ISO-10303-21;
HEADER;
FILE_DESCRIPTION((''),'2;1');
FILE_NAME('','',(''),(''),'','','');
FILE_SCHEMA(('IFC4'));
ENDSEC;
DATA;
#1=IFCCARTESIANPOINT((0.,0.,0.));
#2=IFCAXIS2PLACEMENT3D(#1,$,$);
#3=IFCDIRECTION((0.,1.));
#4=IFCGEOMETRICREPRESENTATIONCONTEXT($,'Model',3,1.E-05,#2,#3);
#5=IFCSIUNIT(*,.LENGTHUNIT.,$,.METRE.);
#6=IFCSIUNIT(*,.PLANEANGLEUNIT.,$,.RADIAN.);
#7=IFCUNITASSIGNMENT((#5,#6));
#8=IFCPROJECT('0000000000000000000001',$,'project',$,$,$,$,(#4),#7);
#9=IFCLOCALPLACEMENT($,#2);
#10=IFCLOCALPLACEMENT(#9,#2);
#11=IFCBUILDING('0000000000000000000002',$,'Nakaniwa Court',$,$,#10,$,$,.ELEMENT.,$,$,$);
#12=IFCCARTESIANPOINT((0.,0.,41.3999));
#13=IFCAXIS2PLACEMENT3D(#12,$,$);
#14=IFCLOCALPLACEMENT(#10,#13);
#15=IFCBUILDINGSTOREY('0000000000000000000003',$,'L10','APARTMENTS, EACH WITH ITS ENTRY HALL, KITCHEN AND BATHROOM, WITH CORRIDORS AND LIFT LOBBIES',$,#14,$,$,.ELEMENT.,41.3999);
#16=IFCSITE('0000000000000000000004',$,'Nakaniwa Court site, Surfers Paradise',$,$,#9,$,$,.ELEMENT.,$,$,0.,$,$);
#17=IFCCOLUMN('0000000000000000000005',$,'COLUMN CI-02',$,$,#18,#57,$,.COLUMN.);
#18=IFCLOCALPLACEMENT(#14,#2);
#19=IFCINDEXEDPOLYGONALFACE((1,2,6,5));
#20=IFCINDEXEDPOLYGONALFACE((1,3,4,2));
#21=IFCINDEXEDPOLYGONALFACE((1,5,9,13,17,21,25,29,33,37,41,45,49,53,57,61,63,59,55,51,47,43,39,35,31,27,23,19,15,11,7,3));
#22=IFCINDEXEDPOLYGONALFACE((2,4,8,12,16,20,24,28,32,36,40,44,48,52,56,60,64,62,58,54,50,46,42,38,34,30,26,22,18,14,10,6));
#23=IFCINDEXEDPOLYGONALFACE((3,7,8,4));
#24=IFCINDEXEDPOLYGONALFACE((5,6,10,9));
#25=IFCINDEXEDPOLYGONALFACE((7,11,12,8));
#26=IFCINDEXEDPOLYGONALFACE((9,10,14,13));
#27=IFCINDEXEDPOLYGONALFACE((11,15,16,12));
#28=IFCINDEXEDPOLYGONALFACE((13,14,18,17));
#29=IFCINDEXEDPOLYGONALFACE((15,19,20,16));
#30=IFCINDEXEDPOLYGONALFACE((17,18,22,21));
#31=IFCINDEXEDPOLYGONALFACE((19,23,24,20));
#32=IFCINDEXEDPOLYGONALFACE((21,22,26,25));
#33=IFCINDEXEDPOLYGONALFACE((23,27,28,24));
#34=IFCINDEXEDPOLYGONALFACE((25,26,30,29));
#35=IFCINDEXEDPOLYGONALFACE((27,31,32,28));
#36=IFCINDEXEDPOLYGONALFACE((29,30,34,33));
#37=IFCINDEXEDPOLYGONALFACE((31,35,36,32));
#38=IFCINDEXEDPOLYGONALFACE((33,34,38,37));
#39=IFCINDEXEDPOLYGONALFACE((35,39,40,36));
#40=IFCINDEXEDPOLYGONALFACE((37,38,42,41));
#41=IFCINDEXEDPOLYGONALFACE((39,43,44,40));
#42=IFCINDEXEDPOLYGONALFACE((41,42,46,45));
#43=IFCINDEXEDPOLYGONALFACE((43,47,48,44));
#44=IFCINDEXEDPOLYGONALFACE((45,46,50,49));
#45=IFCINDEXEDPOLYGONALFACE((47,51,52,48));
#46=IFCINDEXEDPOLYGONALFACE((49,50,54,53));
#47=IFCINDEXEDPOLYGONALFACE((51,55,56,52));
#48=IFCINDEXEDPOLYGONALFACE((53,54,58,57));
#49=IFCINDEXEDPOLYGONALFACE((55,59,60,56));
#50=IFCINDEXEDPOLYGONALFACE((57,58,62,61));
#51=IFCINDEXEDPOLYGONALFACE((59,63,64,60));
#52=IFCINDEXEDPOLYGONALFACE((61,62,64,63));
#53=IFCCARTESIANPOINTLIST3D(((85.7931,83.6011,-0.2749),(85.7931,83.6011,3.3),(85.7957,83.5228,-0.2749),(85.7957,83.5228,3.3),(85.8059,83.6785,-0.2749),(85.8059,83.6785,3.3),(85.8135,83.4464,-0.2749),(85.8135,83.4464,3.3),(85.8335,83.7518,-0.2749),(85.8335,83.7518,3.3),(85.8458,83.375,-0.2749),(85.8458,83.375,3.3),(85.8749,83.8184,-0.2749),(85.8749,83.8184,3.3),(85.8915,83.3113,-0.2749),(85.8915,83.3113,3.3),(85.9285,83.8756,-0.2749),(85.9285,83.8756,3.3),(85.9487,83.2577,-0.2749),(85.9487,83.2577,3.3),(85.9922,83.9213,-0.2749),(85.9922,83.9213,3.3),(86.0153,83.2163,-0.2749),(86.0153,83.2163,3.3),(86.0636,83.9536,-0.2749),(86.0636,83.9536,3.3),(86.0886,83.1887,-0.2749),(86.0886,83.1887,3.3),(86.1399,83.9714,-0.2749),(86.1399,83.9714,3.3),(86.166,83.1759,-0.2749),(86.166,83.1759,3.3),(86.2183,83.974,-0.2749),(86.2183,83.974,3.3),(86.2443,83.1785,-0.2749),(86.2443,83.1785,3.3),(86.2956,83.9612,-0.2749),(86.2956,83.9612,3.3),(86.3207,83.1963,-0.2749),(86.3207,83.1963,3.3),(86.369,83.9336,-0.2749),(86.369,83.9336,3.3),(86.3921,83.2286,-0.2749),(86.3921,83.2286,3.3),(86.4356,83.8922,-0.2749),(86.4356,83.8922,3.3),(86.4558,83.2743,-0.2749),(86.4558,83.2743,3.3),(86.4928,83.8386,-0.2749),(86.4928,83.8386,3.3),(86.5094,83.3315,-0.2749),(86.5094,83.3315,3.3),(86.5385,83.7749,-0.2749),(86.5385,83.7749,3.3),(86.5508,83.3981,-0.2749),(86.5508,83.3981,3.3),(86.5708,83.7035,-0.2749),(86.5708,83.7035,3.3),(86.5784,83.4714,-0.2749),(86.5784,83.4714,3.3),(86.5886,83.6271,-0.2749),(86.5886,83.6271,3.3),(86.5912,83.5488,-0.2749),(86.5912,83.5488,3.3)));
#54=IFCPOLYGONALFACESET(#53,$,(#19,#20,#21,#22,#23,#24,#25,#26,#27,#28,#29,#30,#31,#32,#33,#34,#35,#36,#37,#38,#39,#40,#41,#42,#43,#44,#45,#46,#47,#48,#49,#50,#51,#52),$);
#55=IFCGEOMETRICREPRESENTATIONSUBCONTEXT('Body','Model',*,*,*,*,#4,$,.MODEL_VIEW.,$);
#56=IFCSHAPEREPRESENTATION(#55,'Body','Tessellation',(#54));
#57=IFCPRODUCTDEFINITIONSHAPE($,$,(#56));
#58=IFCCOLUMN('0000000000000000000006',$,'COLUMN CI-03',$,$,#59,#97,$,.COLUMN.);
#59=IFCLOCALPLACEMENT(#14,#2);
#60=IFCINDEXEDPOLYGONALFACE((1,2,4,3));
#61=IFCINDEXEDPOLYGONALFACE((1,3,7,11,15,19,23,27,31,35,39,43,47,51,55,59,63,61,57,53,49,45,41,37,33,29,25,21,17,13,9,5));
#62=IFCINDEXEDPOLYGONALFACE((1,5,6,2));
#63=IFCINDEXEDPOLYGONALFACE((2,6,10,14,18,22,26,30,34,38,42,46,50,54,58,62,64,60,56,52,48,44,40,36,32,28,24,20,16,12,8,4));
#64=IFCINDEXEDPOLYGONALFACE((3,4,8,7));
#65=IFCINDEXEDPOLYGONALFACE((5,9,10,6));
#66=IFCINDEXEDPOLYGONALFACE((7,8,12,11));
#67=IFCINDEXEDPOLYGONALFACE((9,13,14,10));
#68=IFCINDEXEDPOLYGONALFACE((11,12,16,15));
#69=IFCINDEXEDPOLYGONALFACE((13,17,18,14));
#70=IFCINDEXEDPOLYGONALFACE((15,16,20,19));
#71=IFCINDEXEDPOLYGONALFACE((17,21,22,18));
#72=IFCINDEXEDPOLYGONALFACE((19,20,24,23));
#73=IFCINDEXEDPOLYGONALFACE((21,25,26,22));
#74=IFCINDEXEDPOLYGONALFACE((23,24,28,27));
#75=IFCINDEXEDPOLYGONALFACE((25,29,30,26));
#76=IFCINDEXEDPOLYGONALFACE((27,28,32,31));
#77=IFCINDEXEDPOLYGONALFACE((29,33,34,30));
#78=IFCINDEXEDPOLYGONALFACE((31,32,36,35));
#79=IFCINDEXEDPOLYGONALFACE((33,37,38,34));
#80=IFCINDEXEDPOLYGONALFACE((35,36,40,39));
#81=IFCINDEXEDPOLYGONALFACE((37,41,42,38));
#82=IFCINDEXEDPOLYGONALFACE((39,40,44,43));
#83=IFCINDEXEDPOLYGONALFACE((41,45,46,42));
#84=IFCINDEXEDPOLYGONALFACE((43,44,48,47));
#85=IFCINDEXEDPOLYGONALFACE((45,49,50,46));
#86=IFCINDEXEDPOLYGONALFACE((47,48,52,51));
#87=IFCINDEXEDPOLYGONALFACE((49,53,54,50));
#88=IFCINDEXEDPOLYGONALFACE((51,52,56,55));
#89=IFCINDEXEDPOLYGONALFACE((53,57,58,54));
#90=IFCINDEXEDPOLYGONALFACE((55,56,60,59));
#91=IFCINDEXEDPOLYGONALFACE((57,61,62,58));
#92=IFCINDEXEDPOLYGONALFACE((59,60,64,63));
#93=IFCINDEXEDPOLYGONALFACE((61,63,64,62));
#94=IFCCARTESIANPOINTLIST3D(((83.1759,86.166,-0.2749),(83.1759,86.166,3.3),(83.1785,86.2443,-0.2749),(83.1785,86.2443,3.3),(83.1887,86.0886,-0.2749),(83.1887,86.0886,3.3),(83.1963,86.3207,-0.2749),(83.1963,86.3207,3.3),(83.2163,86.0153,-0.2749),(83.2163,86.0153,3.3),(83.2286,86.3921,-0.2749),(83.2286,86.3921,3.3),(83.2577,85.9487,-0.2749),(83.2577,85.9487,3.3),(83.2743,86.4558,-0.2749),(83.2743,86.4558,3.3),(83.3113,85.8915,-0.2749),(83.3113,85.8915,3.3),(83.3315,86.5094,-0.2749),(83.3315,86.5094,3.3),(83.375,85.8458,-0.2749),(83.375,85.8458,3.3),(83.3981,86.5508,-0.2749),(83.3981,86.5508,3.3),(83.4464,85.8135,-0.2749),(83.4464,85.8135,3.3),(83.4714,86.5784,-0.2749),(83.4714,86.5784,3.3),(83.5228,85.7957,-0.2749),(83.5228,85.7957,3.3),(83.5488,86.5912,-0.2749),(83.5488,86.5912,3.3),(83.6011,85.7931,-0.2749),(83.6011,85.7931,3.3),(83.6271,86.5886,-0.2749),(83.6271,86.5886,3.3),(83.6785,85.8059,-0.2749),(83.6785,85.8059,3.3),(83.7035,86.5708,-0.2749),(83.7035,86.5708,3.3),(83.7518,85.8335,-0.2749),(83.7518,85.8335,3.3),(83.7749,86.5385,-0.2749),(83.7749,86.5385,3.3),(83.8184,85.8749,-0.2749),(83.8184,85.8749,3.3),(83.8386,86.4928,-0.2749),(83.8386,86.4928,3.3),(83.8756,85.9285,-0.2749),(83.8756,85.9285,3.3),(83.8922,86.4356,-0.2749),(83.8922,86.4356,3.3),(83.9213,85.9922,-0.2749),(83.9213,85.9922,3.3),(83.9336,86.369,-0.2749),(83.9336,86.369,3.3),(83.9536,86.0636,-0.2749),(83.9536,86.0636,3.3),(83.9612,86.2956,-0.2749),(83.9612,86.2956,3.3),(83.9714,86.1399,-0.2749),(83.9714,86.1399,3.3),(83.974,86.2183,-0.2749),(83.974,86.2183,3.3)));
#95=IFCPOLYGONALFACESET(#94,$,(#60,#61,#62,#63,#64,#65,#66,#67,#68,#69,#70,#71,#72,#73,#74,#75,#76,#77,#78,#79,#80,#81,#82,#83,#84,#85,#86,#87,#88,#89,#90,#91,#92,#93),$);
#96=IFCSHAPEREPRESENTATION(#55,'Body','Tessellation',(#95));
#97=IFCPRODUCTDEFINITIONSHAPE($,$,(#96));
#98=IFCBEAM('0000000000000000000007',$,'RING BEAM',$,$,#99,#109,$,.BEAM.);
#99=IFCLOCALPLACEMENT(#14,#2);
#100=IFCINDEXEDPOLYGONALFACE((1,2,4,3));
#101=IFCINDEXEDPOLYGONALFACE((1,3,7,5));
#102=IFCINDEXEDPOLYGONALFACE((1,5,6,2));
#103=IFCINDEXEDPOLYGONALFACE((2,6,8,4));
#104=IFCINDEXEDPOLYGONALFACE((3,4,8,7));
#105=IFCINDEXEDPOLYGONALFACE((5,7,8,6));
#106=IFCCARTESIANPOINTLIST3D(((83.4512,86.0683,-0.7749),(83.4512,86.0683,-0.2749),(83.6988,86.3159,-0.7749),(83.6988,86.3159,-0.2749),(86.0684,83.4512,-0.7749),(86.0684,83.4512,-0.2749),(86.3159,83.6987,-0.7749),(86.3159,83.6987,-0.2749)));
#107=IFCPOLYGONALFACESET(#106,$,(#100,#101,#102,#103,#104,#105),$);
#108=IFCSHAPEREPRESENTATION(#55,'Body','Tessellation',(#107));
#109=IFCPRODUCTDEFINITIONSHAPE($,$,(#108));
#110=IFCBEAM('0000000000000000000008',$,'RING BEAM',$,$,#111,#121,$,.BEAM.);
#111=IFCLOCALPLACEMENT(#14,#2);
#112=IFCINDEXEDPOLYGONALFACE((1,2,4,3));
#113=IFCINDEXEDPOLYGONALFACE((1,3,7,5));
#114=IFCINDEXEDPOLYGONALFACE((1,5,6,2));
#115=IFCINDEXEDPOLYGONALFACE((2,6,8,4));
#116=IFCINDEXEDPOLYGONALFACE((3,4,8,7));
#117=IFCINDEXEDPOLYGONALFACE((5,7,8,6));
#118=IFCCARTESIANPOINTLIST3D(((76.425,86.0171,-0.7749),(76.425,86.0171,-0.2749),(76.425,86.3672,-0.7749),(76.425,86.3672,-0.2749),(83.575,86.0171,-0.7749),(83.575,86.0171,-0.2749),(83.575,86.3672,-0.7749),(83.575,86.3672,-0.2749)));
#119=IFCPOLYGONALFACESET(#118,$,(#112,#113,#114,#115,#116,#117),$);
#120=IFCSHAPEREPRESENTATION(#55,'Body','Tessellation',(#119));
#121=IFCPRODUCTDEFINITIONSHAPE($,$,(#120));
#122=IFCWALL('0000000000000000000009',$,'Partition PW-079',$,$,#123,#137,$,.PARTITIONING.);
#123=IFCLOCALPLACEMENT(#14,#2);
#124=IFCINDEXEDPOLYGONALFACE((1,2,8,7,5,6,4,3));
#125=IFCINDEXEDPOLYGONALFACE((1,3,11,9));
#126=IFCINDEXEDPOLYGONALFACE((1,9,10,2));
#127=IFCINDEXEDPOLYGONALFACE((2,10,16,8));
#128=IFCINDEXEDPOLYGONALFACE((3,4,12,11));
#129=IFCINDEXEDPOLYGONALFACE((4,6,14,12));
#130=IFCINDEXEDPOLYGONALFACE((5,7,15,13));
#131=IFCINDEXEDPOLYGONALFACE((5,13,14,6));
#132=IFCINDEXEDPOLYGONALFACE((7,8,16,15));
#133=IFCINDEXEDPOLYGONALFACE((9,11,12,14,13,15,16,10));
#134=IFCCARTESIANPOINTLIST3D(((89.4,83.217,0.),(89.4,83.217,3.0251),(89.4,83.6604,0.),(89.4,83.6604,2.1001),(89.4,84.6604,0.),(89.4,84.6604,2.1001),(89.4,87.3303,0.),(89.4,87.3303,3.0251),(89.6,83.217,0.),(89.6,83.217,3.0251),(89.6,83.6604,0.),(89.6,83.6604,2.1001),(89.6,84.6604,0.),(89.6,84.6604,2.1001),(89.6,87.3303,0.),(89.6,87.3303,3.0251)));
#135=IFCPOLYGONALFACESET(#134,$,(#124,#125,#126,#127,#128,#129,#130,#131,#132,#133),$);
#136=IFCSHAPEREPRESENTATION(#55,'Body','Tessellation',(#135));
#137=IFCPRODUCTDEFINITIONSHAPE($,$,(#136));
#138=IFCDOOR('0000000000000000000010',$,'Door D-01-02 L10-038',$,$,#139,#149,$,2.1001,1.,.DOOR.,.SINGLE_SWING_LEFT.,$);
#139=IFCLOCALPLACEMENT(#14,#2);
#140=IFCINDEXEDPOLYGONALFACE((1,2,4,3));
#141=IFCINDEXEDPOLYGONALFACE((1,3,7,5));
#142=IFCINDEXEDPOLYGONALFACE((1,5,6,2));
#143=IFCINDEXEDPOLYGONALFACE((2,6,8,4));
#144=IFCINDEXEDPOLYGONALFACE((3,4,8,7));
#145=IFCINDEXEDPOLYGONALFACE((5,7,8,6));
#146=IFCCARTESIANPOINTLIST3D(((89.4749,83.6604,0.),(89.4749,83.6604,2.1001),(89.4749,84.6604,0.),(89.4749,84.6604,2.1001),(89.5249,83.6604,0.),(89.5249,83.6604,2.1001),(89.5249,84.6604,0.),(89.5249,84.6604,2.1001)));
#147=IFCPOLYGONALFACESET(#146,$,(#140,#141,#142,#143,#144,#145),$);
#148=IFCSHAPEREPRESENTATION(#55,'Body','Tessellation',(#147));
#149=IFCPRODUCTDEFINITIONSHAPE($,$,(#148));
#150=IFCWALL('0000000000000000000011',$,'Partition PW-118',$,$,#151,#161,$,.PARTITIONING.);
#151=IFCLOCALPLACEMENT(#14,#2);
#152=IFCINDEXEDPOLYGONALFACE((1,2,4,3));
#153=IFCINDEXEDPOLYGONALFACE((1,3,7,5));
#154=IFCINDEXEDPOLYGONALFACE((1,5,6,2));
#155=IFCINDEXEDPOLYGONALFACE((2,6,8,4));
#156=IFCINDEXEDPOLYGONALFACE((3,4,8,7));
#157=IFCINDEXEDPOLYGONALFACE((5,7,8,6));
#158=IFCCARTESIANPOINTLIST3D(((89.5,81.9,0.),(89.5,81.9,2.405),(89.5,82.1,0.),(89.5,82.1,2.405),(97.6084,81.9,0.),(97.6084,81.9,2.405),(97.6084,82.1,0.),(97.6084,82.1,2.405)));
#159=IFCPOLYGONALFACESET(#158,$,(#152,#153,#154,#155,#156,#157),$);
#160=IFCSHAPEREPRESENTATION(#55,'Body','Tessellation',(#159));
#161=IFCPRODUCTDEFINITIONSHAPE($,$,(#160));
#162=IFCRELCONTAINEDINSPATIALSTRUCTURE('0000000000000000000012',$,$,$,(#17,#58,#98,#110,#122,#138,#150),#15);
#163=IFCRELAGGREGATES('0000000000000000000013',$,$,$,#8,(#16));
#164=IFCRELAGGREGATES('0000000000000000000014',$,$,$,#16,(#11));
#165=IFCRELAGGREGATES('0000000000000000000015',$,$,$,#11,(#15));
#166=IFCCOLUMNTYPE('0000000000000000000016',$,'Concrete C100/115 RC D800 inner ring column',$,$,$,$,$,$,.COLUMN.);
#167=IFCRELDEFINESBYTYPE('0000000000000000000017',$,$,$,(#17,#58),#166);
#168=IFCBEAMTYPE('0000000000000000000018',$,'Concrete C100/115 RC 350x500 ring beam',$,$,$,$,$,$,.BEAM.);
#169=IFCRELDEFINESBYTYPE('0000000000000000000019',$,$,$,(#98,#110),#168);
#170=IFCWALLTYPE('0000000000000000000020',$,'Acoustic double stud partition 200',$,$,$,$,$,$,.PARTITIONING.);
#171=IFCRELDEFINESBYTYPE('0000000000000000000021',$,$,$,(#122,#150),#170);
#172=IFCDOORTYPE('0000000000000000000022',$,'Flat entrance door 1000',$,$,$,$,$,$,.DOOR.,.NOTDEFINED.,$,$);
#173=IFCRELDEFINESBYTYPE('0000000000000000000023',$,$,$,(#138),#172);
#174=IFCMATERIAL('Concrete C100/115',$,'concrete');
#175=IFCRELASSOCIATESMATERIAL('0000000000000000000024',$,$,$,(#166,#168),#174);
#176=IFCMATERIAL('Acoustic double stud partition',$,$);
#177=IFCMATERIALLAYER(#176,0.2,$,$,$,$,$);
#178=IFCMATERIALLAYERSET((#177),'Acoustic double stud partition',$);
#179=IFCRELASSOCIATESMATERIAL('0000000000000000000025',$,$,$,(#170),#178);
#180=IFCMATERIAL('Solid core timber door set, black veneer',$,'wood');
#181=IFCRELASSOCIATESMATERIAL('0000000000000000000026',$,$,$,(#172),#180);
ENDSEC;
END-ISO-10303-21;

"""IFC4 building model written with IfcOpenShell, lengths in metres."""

from ifc_helpers import new_model, si_unit, direction, frame, frame_2d, origin, origin_2d, place, context, subcontext, project, spatial, rectangle, circle, extrude, material, layer, layer_set, material_profile, profile_set, type_object, element, fill, save


model = new_model("IFC4")

# Units and contexts
model_context = context("Model", 3, precision=1e-05, world=origin(), true_north=direction((0.0, 1.0)))
body_context = subcontext(model_context, "Body", "Model", "MODEL_VIEW")
ifc_project = project(units=[si_unit("LENGTHUNIT", "METRE"), si_unit("PLANEANGLEUNIT", "RADIAN")], contexts=[model_context])

# Site, building, storey
site_placement = place(None, origin())
site = spatial("IfcSite", under=ifc_project, at=site_placement, Name="Nakaniwa Court site, Surfers Paradise", CompositionType="ELEMENT", RefElevation=0.0)
building_placement = place(site_placement, origin())
building = spatial("IfcBuilding", under=site, at=building_placement, Name="Nakaniwa Court", CompositionType="ELEMENT")
storey_placement = place(building_placement, frame((0.0, 0.0, 41.3999)))
storey = spatial("IfcBuildingStorey", under=building, at=storey_placement, Name="L10", Description="APARTMENTS, EACH WITH ITS ENTRY HALL, KITCHEN AND BATHROOM, WITH CORRIDORS AND LIFT LOBBIES", CompositionType="ELEMENT", Elevation=41.3999)

# Columns
ifc_material_1 = material(Name="Concrete C100/115", Category="concrete")
ifc_material_profile_1 = material_profile(ifc_material_1, circle(Radius=0.3999, at=origin_2d()), Name="Concrete C100/115 RC D800 inner ring column")
ifc_profile_set_1 = profile_set([ifc_material_profile_1], Name="Concrete C100/115")
column_type = type_object("IfcColumnType", Name="Concrete C100/115 RC D800 inner ring column", PredefinedType="COLUMN", material=ifc_profile_set_1)
for number, where, z_axis, x_axis, name in (
    (1, (86.1921, 83.575, -0.2749), (0.0, 0.0, 1.0), (-0.5, 0.866025, 0.0), "COLUMN CI-02"),
    (2, (83.575, 86.1921, -0.2749), (0.0, 0.0, 1.0), (-0.866025, 0.5, 0.0), "COLUMN CI-03"),
):
    element("IfcColumn", number, at=place(storey_placement, frame(where, z_axis=z_axis, x_axis=x_axis)), inside=storey, type_object=column_type, Name=name, PredefinedType="COLUMN", context=body_context, shape_type="SweptSolid", body=[
        extrude(circle(Radius=0.3999, at=origin_2d()), origin(), (0.0, 0.0, 1.0), 3.575),
    ])

# Beams
ifc_material_profile_2 = material_profile(ifc_material_1, rectangle(XDim=0.3501, YDim=0.5, at=origin_2d()), Name="Concrete C100/115 RC 350x500 ring beam")
ifc_profile_set_2 = profile_set([ifc_material_profile_2], Name="Concrete C100/115")
beam_type = type_object("IfcBeamType", Name="Concrete C100/115 RC 350x500 ring beam", PredefinedType="BEAM", material=ifc_profile_set_2)
beam_1_placement = place(storey_placement, frame((86.1921, 83.575, -0.5249), z_axis=(-0.707107, 0.707107, 0.0), x_axis=(-0.707107, -0.707107, 0.0)))
element("IfcBeam", 3, at=beam_1_placement, inside=storey, type_object=beam_type, Name="RING BEAM", PredefinedType="BEAM", context=body_context, shape_type="SweptSolid", body=[
    extrude(rectangle(XDim=0.3501, YDim=0.5, at=origin_2d()), origin(), (0.0, 0.0, 1.0), 3.7012),
])
beam_2_placement = place(storey_placement, frame((83.575, 86.1921, -0.5249), z_axis=(-1.0, 0.0, 0.0), x_axis=(0.0, -1.0, 0.0)))
element("IfcBeam", 4, at=beam_2_placement, inside=storey, type_object=beam_type, Name="RING BEAM", PredefinedType="BEAM", context=body_context, shape_type="SweptSolid", body=[
    extrude(rectangle(XDim=0.3501, YDim=0.5, at=origin_2d()), origin(), (0.0, 0.0, 1.0), 7.1499),
])

# Wall, opening, door
ifc_material_2 = material(Name="Acoustic double stud partition")
ifc_layer_1 = layer(ifc_material_2, 0.2)
ifc_layer_set_1 = layer_set([ifc_layer_1], Name="Acoustic double stud partition")
wall_type_1 = type_object("IfcWallType", Name="Acoustic double stud partition 200", PredefinedType="PARTITIONING", material=ifc_layer_set_1)
wall_1_placement = place(storey_placement, frame((89.5, 87.3303, 0.0), z_axis=(0.0, 0.0, 1.0), x_axis=(0.0, -1.0, 0.0)))
wall_1 = element("IfcWall", 5, at=wall_1_placement, inside=storey, type_object=wall_type_1, Name="Partition PW-079", PredefinedType="PARTITIONING", context=body_context, shape_type="SweptSolid", body=[
    extrude(rectangle(XDim=4.1133, YDim=0.2, at=frame_2d((2.0566, 0.0))), origin(), (0.0, 0.0, 1.0), 3.0251),
])
opening_1_placement = place(wall_1_placement, frame((2.6699, 0.0, 0.0)))
opening_1 = element("IfcOpeningElement", 6, at=opening_1_placement, cuts=wall_1, PredefinedType="OPENING", context=body_context, shape_type="SweptSolid", body=[
    extrude(rectangle(XDim=1.0, YDim=2.1001, at=frame_2d((0.5, 1.05))), frame((0.0, 0.1099, 0.0), z_axis=(0.0, -1.0, 0.0), x_axis=(1.0, 0.0, 0.0)), (0.0, 0.0, 1.0), 0.22),
])
ifc_material_3 = material(Name="Solid core timber door set, black veneer", Category="wood")
door_type_1 = type_object("IfcDoorType", Name="Flat entrance door 1000", OperationType="NOTDEFINED", PredefinedType="DOOR", material=ifc_material_3)
door_1_placement = place(opening_1_placement, origin())
door_1 = element("IfcDoor", 7, at=door_1_placement, inside=storey, type_object=door_type_1, Name="Door D-01-02 L10-038", OperationType="SINGLE_SWING_LEFT", OverallHeight=2.1001, OverallWidth=1.0, PredefinedType="DOOR", context=body_context, shape_type="SweptSolid", body=[
    extrude(rectangle(XDim=1.0, YDim=2.1001, at=frame_2d((0.5, 1.05))), frame((0.0, 0.0249, 0.0), z_axis=(0.0, -1.0, 0.0), x_axis=(1.0, 0.0, 0.0)), (0.0, 0.0, 1.0), 0.05),
])
fill(opening_1, door_1)

# Wall
wall_2_placement = place(storey_placement, frame((89.5, 82.0, 0.0), z_axis=(0.0, 0.0, 1.0), x_axis=(1.0, 0.0, 0.0)))
element("IfcWall", 8, at=wall_2_placement, inside=storey, type_object=wall_type_1, Name="Partition PW-118", PredefinedType="PARTITIONING", context=body_context, shape_type="SweptSolid", body=[
    extrude(rectangle(XDim=8.1084, YDim=0.2, at=frame_2d((4.0542, 0.0))), origin(), (0.0, 0.0, 1.0), 2.405),
])

save(model, "model.ifc")
